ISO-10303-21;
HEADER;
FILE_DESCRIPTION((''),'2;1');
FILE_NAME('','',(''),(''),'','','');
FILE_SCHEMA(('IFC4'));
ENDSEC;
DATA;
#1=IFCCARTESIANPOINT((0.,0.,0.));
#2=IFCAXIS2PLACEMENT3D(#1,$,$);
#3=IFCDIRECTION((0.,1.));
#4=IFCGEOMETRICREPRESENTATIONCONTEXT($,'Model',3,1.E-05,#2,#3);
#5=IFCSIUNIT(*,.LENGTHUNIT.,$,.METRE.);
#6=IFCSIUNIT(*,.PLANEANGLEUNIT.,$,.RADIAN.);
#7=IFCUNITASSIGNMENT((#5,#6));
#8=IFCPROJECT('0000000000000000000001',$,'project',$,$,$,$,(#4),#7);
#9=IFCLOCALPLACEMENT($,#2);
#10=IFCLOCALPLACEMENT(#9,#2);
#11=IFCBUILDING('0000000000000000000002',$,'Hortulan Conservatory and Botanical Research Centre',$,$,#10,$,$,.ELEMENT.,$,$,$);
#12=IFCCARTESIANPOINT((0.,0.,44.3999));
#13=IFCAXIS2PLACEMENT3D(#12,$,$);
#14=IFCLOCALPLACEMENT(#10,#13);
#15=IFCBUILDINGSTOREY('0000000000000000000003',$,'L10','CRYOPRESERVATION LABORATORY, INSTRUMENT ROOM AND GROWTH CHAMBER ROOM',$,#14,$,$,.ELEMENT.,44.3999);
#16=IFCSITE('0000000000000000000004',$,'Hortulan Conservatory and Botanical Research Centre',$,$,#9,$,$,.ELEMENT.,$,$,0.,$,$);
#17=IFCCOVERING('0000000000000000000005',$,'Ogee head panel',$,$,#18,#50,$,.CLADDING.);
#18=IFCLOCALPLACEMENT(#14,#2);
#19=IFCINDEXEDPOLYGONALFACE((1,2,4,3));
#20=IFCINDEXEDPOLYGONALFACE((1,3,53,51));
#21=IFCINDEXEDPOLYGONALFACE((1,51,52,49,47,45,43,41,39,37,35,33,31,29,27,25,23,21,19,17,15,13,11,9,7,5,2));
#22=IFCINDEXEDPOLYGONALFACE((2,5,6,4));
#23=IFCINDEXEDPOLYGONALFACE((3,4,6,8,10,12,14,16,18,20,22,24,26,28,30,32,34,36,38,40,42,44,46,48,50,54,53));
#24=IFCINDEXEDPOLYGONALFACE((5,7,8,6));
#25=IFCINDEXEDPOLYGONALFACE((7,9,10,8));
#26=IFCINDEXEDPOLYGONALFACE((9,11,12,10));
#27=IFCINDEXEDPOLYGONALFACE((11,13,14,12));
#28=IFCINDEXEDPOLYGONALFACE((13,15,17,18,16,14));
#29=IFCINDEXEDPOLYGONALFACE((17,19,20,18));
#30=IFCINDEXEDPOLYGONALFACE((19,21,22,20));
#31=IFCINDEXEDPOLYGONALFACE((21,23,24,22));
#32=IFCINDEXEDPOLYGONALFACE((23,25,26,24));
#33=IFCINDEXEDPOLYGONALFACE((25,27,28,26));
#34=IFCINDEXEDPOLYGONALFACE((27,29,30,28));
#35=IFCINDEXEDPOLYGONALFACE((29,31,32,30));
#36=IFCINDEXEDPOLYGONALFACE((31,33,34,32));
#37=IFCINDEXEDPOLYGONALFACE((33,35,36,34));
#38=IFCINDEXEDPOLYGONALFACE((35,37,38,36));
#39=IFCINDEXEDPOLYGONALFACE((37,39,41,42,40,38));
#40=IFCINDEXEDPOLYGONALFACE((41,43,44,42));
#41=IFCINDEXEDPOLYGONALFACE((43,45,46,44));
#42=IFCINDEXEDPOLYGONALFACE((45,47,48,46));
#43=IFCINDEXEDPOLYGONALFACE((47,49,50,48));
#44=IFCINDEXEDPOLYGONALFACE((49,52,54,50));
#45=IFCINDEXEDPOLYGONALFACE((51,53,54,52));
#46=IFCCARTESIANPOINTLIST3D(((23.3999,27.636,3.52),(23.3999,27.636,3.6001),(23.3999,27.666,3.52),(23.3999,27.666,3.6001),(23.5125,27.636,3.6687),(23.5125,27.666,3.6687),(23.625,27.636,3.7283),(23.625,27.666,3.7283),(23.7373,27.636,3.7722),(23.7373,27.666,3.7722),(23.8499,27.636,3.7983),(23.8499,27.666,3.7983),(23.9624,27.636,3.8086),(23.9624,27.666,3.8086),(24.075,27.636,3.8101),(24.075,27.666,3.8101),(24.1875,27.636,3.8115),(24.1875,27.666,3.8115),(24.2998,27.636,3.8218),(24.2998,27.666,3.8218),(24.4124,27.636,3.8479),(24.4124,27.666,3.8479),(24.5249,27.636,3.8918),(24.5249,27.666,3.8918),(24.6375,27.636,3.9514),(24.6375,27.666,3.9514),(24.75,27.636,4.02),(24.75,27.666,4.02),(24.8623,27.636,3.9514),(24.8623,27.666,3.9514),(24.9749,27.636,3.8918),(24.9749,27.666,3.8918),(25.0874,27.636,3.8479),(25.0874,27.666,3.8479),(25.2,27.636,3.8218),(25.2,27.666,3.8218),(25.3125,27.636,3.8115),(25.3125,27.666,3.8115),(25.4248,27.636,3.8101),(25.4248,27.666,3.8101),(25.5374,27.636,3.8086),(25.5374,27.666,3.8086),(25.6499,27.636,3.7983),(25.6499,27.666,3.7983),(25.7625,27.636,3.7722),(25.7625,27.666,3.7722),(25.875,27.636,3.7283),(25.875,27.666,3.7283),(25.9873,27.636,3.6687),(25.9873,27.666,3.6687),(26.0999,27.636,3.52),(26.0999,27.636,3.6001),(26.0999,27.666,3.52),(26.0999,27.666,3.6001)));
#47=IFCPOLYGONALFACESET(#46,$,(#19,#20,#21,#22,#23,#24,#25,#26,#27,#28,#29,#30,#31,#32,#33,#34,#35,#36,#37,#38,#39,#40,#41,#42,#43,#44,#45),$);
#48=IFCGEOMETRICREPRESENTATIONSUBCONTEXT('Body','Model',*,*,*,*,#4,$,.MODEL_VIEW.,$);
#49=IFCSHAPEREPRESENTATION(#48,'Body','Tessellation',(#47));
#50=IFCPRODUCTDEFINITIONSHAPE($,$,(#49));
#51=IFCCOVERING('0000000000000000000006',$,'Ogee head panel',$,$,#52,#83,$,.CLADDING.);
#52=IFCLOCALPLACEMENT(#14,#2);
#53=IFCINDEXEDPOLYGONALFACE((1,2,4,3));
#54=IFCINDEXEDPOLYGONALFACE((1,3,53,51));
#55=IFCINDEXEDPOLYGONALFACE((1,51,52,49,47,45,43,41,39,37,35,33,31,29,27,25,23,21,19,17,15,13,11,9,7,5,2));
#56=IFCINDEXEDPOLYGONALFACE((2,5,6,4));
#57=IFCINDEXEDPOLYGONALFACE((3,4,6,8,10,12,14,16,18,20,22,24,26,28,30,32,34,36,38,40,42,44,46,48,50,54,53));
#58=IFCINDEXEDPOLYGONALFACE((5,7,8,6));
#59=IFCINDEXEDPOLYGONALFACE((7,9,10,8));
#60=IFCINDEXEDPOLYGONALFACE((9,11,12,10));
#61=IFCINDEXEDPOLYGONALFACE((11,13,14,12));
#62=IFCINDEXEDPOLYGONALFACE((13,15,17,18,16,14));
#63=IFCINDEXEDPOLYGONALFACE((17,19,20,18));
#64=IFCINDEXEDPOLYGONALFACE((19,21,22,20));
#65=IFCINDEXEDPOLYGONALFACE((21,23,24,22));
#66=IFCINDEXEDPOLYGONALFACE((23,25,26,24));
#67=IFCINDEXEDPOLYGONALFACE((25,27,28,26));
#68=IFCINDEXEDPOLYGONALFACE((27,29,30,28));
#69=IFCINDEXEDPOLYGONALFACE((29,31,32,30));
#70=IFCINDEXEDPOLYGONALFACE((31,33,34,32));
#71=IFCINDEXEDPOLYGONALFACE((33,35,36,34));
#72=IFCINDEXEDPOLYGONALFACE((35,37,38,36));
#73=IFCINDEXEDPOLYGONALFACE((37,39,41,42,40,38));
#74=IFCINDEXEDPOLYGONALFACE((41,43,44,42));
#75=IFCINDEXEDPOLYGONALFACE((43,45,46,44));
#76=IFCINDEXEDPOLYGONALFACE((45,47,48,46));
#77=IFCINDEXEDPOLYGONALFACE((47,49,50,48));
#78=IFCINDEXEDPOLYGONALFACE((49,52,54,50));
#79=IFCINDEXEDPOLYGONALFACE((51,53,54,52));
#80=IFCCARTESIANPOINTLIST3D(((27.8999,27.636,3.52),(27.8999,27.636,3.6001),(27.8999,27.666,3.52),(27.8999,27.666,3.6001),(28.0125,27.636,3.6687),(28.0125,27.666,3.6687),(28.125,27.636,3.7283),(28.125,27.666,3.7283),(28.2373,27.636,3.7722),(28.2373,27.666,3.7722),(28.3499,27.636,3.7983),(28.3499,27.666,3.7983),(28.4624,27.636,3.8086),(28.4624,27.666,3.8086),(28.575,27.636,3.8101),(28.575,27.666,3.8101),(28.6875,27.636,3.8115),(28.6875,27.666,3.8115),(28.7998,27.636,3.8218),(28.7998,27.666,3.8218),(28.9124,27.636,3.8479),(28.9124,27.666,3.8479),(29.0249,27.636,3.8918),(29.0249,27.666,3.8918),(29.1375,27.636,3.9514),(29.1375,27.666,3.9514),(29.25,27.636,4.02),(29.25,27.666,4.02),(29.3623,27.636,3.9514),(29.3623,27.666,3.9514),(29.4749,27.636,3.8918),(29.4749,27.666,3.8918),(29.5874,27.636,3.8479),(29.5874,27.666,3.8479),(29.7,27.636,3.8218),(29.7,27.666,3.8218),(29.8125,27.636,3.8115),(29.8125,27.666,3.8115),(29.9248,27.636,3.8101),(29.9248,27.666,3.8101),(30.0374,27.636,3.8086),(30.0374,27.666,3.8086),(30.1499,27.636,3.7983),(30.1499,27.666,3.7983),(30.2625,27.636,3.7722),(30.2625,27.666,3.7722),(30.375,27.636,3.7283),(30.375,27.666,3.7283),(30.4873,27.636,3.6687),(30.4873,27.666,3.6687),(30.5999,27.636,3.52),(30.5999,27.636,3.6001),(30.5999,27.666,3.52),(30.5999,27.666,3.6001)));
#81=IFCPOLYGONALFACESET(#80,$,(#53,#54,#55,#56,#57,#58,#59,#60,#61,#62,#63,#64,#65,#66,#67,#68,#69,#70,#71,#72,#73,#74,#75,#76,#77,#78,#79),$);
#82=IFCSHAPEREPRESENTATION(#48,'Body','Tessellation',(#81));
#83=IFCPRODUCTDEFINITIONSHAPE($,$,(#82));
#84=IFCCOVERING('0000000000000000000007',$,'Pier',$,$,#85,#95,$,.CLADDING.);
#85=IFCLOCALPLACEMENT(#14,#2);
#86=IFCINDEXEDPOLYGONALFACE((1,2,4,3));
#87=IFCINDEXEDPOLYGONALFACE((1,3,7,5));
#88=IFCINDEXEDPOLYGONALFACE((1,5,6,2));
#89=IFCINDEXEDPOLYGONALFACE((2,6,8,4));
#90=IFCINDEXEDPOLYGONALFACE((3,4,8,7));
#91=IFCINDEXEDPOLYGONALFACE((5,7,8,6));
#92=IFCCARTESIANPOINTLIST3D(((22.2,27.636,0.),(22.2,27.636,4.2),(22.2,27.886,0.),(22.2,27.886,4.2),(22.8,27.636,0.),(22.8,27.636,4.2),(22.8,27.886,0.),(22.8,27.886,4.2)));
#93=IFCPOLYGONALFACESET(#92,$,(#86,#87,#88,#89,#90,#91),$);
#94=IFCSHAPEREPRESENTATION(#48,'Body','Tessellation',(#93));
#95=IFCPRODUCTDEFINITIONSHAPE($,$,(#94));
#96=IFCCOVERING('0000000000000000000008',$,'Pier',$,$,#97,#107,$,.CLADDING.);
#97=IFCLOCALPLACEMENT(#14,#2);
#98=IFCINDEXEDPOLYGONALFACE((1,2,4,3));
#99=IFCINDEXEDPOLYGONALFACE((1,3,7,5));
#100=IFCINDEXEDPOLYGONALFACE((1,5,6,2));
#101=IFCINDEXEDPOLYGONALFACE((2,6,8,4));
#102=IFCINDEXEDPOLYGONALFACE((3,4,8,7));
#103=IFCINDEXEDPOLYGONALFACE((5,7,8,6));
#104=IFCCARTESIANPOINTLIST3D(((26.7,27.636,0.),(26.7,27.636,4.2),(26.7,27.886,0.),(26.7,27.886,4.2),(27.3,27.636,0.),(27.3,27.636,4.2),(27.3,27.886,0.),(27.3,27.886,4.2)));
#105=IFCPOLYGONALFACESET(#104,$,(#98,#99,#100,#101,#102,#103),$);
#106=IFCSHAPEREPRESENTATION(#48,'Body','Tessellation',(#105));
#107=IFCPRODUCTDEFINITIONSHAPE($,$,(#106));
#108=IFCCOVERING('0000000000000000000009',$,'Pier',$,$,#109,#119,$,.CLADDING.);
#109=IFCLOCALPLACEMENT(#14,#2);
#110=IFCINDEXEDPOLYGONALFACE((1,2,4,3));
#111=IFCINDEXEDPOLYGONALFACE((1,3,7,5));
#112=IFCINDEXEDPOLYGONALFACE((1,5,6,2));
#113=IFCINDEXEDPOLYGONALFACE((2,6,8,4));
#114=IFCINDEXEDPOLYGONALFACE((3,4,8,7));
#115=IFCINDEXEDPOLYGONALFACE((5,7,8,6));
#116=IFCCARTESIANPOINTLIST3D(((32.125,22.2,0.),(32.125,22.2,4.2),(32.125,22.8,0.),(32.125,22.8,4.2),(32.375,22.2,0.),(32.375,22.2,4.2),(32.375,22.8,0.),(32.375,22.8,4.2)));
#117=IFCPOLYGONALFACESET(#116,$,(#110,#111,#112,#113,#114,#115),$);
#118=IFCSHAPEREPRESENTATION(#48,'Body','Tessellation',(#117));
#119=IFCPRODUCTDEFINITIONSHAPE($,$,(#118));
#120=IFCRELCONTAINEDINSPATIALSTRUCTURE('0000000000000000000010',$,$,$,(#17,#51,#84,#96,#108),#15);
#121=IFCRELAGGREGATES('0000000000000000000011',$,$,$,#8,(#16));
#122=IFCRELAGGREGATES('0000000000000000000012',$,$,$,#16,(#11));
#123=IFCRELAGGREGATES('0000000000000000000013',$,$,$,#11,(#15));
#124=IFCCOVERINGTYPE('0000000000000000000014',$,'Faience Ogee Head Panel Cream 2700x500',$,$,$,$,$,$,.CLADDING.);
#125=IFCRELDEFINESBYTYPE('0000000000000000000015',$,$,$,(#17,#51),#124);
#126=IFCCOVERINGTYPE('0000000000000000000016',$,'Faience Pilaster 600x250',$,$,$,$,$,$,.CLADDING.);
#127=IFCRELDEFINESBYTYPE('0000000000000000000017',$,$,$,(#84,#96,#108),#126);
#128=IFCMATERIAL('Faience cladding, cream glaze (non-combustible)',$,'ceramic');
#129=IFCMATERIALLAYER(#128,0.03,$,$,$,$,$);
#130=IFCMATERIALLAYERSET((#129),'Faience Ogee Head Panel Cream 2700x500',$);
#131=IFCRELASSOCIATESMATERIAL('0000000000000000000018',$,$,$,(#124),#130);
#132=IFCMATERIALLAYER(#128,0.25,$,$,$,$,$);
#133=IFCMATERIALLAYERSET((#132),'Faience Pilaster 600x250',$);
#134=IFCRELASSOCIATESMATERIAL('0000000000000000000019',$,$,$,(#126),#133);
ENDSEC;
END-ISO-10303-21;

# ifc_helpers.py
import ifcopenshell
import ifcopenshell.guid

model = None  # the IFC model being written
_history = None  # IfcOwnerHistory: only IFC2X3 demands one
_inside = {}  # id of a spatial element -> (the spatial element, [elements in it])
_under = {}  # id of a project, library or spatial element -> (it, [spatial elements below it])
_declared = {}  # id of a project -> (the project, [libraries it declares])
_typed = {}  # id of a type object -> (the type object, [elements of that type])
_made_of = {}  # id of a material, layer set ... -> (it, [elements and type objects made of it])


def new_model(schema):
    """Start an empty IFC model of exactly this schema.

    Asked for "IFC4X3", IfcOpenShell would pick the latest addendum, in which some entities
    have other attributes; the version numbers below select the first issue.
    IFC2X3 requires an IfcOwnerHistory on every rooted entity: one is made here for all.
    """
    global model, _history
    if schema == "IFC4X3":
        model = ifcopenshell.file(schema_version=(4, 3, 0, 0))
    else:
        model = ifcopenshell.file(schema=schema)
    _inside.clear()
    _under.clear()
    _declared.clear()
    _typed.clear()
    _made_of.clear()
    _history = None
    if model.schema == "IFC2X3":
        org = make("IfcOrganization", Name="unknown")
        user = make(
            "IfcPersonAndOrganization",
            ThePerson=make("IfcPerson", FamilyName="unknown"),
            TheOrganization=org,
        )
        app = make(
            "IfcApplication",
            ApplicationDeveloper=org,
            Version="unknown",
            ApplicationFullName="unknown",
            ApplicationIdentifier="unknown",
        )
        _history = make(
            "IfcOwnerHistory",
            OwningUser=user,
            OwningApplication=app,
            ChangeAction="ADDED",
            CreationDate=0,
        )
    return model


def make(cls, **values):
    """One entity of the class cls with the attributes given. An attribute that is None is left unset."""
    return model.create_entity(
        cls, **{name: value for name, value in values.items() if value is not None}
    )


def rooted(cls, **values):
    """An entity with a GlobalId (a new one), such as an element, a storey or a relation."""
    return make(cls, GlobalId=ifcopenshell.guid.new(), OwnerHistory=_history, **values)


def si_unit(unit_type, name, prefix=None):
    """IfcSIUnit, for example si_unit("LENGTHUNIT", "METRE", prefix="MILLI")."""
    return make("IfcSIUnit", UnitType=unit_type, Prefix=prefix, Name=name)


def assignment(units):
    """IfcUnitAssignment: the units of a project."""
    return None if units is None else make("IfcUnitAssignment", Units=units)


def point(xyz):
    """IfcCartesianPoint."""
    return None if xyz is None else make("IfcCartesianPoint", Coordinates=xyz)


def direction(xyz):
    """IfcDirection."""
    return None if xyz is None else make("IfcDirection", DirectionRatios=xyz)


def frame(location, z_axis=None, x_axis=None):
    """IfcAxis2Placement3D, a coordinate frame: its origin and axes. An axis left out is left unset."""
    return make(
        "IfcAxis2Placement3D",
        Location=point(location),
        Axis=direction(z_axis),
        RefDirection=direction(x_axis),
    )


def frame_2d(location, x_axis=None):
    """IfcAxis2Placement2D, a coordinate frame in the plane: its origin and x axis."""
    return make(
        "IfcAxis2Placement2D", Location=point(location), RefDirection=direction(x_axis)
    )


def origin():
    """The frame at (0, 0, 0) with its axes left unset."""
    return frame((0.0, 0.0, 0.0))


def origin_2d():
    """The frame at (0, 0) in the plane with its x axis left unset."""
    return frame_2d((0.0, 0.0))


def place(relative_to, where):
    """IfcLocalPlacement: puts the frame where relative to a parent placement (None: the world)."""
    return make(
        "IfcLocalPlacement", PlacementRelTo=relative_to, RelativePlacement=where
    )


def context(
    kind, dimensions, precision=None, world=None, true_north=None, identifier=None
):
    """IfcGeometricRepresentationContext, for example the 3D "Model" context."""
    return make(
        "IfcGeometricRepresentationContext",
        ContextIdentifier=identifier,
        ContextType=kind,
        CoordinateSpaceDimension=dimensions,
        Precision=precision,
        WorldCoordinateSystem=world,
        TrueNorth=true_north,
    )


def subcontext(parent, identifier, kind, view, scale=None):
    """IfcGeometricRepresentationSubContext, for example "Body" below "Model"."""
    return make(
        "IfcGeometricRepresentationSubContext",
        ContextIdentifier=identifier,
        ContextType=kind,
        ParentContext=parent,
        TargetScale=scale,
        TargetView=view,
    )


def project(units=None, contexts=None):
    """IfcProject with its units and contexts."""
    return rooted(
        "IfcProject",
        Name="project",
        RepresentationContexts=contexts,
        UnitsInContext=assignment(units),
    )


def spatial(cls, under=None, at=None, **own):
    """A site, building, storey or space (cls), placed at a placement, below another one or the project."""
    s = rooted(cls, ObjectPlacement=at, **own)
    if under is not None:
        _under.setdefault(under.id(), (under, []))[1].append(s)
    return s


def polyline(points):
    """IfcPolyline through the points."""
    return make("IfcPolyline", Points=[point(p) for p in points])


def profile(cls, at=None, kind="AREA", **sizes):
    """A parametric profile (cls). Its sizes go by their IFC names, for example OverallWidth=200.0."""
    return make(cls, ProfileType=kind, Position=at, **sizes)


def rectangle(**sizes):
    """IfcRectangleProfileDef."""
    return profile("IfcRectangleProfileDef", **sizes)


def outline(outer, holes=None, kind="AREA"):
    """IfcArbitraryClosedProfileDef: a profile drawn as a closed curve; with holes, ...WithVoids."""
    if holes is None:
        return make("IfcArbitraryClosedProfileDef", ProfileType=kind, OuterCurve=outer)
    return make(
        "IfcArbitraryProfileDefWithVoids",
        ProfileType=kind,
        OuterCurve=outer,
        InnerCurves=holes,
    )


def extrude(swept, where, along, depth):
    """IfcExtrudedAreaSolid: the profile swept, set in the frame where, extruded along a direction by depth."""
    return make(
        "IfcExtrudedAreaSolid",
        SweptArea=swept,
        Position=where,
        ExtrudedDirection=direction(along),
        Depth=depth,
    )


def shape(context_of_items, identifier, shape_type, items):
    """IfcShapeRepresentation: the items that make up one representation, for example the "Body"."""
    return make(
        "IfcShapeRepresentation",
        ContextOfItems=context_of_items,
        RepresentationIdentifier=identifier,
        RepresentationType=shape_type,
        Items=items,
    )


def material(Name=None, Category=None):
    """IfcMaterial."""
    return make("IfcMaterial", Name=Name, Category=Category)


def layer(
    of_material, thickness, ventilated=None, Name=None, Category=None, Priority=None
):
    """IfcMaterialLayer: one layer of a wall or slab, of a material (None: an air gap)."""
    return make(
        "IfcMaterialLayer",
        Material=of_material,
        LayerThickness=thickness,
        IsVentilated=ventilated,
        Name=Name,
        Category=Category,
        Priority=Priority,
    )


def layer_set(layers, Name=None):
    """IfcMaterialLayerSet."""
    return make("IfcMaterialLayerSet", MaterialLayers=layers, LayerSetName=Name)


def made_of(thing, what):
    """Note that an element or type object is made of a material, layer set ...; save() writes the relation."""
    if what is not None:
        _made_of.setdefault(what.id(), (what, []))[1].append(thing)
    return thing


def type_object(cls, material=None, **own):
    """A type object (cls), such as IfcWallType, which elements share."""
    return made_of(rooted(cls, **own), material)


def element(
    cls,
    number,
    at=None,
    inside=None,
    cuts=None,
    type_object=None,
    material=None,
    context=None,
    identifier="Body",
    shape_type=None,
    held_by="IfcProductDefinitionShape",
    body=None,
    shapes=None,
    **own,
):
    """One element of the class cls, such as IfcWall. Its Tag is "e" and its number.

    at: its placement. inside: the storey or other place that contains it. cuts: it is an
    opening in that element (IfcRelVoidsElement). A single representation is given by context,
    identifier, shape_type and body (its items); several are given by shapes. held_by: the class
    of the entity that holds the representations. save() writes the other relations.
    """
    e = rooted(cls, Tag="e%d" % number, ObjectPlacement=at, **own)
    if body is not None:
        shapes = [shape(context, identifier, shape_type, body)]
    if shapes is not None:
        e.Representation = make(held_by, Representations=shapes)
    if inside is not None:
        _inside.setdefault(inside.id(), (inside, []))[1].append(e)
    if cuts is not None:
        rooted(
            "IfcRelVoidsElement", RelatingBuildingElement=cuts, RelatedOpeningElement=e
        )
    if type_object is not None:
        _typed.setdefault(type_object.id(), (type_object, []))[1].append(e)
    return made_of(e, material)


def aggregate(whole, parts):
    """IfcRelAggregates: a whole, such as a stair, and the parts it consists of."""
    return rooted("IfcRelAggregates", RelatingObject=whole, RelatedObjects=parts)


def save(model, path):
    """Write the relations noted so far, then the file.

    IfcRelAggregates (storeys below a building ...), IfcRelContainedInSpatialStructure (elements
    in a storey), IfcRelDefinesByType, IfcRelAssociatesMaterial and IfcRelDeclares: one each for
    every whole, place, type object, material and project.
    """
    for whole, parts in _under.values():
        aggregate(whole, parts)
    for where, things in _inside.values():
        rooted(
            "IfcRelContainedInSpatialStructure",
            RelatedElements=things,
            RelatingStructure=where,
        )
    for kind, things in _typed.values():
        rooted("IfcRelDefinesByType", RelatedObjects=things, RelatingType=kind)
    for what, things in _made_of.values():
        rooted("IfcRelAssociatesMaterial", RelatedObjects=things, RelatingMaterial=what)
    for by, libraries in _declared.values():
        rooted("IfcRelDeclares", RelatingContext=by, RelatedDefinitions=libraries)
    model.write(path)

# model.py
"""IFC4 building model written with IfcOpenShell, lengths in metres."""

from ifc_helpers import new_model, si_unit, direction, frame, origin, origin_2d, place, context, subcontext, project, spatial, polyline, rectangle, outline, extrude, material, layer, layer_set, type_object, element, save


model = new_model("IFC4")

# Units and contexts
model_context = context("Model", 3, precision=1e-05, world=origin(), true_north=direction((0.0, 1.0)))
body_context = subcontext(model_context, "Body", "Model", "MODEL_VIEW")
ifc_project = project(units=[si_unit("LENGTHUNIT", "METRE"), si_unit("PLANEANGLEUNIT", "RADIAN")], contexts=[model_context])

# Site, building, storey
site_placement = place(None, origin())
site = spatial("IfcSite", under=ifc_project, at=site_placement, Name="Hortulan Conservatory and Botanical Research Centre", CompositionType="ELEMENT", RefElevation=0.0)
building_placement = place(site_placement, origin())
building = spatial("IfcBuilding", under=site, at=building_placement, Name="Hortulan Conservatory and Botanical Research Centre", CompositionType="ELEMENT")
storey_placement = place(building_placement, frame((0.0, 0.0, 44.3999)))
storey = spatial("IfcBuildingStorey", under=building, at=storey_placement, Name="L10", Description="CRYOPRESERVATION LABORATORY, INSTRUMENT ROOM AND GROWTH CHAMBER ROOM", CompositionType="ELEMENT", Elevation=44.3999)

# Coverings
ifc_material_1 = material(Name="Faience cladding, cream glaze (non-combustible)", Category="ceramic")
ifc_layer_1 = layer(ifc_material_1, 0.03)
ifc_layer_set_1 = layer_set([ifc_layer_1], Name="Faience Ogee Head Panel Cream 2700x500")
covering_type_1 = type_object("IfcCoveringType", Name="Faience Ogee Head Panel Cream 2700x500", PredefinedType="CLADDING", material=ifc_layer_set_1)
for number, where, z_axis, x_axis, name in (
    (1, (23.3999, 27.6509, 3.52), (0.0, 0.0, 1.0), (1.0, 0.0, 0.0), "Ogee head panel"),
    (2, (27.8999, 27.6509, 3.52), (0.0, 0.0, 1.0), (1.0, 0.0, 0.0), "Ogee head panel"),
):
    element("IfcCovering", number, at=place(storey_placement, frame(where, z_axis=z_axis, x_axis=x_axis)), inside=storey, type_object=covering_type_1, Name=name, PredefinedType="CLADDING", context=body_context, shape_type="SweptSolid", body=[
        extrude(outline(polyline([(0.0, 0.0), (2.7, 0.0), (2.7, 0.0801), (2.5874, 0.1487), (2.4751, 0.2083), (2.3625, 0.2522), (2.25, 0.2783), (2.1375, 0.2886), (2.0249, 0.29), (1.9126, 0.2915), (1.8, 0.3018), (1.6875, 0.3279), (1.575, 0.3718), (1.4624, 0.4314), (1.3501, 0.5), (1.2375, 0.4314), (1.125, 0.3718), (1.0125, 0.3279), (0.8999, 0.3018), (0.7876, 0.2915), (0.675, 0.29), (0.5625, 0.2886), (0.45, 0.2783), (0.3374, 0.2522), (0.2251, 0.2083), (0.1125, 0.1487), (0.0, 0.0801), (0.0, 0.0)])), frame((0.0, 0.0151, 0.0), z_axis=(0.0, -1.0, 0.0), x_axis=(1.0, 0.0, 0.0)), (0.0, 0.0, 1.0), 0.03),
    ])
ifc_layer_2 = layer(ifc_material_1, 0.25)
ifc_layer_set_2 = layer_set([ifc_layer_2], Name="Faience Pilaster 600x250")
covering_type_2 = type_object("IfcCoveringType", Name="Faience Pilaster 600x250", PredefinedType="CLADDING", material=ifc_layer_set_2)
for number, where, z_axis, x_axis, name in (
    (3, (22.5, 27.761, 0.0), (0.0, 0.0, 1.0), (1.0, 0.0, 0.0), "Pier"),
    (4, (27.0, 27.761, 0.0), (0.0, 0.0, 1.0), (1.0, 0.0, 0.0), "Pier"),
    (5, (32.25, 22.5, 0.0), (0.0, 0.0, 1.0), (0.0, 1.0, 0.0), "Pier"),
):
    element("IfcCovering", number, at=place(storey_placement, frame(where, z_axis=z_axis, x_axis=x_axis)), inside=storey, type_object=covering_type_2, Name=name, PredefinedType="CLADDING", context=body_context, shape_type="SweptSolid", body=[
        extrude(rectangle(XDim=0.6001, YDim=0.25, at=origin_2d()), origin(), (0.0, 0.0, 1.0), 4.2),
    ])

save(model, "model.ifc")
